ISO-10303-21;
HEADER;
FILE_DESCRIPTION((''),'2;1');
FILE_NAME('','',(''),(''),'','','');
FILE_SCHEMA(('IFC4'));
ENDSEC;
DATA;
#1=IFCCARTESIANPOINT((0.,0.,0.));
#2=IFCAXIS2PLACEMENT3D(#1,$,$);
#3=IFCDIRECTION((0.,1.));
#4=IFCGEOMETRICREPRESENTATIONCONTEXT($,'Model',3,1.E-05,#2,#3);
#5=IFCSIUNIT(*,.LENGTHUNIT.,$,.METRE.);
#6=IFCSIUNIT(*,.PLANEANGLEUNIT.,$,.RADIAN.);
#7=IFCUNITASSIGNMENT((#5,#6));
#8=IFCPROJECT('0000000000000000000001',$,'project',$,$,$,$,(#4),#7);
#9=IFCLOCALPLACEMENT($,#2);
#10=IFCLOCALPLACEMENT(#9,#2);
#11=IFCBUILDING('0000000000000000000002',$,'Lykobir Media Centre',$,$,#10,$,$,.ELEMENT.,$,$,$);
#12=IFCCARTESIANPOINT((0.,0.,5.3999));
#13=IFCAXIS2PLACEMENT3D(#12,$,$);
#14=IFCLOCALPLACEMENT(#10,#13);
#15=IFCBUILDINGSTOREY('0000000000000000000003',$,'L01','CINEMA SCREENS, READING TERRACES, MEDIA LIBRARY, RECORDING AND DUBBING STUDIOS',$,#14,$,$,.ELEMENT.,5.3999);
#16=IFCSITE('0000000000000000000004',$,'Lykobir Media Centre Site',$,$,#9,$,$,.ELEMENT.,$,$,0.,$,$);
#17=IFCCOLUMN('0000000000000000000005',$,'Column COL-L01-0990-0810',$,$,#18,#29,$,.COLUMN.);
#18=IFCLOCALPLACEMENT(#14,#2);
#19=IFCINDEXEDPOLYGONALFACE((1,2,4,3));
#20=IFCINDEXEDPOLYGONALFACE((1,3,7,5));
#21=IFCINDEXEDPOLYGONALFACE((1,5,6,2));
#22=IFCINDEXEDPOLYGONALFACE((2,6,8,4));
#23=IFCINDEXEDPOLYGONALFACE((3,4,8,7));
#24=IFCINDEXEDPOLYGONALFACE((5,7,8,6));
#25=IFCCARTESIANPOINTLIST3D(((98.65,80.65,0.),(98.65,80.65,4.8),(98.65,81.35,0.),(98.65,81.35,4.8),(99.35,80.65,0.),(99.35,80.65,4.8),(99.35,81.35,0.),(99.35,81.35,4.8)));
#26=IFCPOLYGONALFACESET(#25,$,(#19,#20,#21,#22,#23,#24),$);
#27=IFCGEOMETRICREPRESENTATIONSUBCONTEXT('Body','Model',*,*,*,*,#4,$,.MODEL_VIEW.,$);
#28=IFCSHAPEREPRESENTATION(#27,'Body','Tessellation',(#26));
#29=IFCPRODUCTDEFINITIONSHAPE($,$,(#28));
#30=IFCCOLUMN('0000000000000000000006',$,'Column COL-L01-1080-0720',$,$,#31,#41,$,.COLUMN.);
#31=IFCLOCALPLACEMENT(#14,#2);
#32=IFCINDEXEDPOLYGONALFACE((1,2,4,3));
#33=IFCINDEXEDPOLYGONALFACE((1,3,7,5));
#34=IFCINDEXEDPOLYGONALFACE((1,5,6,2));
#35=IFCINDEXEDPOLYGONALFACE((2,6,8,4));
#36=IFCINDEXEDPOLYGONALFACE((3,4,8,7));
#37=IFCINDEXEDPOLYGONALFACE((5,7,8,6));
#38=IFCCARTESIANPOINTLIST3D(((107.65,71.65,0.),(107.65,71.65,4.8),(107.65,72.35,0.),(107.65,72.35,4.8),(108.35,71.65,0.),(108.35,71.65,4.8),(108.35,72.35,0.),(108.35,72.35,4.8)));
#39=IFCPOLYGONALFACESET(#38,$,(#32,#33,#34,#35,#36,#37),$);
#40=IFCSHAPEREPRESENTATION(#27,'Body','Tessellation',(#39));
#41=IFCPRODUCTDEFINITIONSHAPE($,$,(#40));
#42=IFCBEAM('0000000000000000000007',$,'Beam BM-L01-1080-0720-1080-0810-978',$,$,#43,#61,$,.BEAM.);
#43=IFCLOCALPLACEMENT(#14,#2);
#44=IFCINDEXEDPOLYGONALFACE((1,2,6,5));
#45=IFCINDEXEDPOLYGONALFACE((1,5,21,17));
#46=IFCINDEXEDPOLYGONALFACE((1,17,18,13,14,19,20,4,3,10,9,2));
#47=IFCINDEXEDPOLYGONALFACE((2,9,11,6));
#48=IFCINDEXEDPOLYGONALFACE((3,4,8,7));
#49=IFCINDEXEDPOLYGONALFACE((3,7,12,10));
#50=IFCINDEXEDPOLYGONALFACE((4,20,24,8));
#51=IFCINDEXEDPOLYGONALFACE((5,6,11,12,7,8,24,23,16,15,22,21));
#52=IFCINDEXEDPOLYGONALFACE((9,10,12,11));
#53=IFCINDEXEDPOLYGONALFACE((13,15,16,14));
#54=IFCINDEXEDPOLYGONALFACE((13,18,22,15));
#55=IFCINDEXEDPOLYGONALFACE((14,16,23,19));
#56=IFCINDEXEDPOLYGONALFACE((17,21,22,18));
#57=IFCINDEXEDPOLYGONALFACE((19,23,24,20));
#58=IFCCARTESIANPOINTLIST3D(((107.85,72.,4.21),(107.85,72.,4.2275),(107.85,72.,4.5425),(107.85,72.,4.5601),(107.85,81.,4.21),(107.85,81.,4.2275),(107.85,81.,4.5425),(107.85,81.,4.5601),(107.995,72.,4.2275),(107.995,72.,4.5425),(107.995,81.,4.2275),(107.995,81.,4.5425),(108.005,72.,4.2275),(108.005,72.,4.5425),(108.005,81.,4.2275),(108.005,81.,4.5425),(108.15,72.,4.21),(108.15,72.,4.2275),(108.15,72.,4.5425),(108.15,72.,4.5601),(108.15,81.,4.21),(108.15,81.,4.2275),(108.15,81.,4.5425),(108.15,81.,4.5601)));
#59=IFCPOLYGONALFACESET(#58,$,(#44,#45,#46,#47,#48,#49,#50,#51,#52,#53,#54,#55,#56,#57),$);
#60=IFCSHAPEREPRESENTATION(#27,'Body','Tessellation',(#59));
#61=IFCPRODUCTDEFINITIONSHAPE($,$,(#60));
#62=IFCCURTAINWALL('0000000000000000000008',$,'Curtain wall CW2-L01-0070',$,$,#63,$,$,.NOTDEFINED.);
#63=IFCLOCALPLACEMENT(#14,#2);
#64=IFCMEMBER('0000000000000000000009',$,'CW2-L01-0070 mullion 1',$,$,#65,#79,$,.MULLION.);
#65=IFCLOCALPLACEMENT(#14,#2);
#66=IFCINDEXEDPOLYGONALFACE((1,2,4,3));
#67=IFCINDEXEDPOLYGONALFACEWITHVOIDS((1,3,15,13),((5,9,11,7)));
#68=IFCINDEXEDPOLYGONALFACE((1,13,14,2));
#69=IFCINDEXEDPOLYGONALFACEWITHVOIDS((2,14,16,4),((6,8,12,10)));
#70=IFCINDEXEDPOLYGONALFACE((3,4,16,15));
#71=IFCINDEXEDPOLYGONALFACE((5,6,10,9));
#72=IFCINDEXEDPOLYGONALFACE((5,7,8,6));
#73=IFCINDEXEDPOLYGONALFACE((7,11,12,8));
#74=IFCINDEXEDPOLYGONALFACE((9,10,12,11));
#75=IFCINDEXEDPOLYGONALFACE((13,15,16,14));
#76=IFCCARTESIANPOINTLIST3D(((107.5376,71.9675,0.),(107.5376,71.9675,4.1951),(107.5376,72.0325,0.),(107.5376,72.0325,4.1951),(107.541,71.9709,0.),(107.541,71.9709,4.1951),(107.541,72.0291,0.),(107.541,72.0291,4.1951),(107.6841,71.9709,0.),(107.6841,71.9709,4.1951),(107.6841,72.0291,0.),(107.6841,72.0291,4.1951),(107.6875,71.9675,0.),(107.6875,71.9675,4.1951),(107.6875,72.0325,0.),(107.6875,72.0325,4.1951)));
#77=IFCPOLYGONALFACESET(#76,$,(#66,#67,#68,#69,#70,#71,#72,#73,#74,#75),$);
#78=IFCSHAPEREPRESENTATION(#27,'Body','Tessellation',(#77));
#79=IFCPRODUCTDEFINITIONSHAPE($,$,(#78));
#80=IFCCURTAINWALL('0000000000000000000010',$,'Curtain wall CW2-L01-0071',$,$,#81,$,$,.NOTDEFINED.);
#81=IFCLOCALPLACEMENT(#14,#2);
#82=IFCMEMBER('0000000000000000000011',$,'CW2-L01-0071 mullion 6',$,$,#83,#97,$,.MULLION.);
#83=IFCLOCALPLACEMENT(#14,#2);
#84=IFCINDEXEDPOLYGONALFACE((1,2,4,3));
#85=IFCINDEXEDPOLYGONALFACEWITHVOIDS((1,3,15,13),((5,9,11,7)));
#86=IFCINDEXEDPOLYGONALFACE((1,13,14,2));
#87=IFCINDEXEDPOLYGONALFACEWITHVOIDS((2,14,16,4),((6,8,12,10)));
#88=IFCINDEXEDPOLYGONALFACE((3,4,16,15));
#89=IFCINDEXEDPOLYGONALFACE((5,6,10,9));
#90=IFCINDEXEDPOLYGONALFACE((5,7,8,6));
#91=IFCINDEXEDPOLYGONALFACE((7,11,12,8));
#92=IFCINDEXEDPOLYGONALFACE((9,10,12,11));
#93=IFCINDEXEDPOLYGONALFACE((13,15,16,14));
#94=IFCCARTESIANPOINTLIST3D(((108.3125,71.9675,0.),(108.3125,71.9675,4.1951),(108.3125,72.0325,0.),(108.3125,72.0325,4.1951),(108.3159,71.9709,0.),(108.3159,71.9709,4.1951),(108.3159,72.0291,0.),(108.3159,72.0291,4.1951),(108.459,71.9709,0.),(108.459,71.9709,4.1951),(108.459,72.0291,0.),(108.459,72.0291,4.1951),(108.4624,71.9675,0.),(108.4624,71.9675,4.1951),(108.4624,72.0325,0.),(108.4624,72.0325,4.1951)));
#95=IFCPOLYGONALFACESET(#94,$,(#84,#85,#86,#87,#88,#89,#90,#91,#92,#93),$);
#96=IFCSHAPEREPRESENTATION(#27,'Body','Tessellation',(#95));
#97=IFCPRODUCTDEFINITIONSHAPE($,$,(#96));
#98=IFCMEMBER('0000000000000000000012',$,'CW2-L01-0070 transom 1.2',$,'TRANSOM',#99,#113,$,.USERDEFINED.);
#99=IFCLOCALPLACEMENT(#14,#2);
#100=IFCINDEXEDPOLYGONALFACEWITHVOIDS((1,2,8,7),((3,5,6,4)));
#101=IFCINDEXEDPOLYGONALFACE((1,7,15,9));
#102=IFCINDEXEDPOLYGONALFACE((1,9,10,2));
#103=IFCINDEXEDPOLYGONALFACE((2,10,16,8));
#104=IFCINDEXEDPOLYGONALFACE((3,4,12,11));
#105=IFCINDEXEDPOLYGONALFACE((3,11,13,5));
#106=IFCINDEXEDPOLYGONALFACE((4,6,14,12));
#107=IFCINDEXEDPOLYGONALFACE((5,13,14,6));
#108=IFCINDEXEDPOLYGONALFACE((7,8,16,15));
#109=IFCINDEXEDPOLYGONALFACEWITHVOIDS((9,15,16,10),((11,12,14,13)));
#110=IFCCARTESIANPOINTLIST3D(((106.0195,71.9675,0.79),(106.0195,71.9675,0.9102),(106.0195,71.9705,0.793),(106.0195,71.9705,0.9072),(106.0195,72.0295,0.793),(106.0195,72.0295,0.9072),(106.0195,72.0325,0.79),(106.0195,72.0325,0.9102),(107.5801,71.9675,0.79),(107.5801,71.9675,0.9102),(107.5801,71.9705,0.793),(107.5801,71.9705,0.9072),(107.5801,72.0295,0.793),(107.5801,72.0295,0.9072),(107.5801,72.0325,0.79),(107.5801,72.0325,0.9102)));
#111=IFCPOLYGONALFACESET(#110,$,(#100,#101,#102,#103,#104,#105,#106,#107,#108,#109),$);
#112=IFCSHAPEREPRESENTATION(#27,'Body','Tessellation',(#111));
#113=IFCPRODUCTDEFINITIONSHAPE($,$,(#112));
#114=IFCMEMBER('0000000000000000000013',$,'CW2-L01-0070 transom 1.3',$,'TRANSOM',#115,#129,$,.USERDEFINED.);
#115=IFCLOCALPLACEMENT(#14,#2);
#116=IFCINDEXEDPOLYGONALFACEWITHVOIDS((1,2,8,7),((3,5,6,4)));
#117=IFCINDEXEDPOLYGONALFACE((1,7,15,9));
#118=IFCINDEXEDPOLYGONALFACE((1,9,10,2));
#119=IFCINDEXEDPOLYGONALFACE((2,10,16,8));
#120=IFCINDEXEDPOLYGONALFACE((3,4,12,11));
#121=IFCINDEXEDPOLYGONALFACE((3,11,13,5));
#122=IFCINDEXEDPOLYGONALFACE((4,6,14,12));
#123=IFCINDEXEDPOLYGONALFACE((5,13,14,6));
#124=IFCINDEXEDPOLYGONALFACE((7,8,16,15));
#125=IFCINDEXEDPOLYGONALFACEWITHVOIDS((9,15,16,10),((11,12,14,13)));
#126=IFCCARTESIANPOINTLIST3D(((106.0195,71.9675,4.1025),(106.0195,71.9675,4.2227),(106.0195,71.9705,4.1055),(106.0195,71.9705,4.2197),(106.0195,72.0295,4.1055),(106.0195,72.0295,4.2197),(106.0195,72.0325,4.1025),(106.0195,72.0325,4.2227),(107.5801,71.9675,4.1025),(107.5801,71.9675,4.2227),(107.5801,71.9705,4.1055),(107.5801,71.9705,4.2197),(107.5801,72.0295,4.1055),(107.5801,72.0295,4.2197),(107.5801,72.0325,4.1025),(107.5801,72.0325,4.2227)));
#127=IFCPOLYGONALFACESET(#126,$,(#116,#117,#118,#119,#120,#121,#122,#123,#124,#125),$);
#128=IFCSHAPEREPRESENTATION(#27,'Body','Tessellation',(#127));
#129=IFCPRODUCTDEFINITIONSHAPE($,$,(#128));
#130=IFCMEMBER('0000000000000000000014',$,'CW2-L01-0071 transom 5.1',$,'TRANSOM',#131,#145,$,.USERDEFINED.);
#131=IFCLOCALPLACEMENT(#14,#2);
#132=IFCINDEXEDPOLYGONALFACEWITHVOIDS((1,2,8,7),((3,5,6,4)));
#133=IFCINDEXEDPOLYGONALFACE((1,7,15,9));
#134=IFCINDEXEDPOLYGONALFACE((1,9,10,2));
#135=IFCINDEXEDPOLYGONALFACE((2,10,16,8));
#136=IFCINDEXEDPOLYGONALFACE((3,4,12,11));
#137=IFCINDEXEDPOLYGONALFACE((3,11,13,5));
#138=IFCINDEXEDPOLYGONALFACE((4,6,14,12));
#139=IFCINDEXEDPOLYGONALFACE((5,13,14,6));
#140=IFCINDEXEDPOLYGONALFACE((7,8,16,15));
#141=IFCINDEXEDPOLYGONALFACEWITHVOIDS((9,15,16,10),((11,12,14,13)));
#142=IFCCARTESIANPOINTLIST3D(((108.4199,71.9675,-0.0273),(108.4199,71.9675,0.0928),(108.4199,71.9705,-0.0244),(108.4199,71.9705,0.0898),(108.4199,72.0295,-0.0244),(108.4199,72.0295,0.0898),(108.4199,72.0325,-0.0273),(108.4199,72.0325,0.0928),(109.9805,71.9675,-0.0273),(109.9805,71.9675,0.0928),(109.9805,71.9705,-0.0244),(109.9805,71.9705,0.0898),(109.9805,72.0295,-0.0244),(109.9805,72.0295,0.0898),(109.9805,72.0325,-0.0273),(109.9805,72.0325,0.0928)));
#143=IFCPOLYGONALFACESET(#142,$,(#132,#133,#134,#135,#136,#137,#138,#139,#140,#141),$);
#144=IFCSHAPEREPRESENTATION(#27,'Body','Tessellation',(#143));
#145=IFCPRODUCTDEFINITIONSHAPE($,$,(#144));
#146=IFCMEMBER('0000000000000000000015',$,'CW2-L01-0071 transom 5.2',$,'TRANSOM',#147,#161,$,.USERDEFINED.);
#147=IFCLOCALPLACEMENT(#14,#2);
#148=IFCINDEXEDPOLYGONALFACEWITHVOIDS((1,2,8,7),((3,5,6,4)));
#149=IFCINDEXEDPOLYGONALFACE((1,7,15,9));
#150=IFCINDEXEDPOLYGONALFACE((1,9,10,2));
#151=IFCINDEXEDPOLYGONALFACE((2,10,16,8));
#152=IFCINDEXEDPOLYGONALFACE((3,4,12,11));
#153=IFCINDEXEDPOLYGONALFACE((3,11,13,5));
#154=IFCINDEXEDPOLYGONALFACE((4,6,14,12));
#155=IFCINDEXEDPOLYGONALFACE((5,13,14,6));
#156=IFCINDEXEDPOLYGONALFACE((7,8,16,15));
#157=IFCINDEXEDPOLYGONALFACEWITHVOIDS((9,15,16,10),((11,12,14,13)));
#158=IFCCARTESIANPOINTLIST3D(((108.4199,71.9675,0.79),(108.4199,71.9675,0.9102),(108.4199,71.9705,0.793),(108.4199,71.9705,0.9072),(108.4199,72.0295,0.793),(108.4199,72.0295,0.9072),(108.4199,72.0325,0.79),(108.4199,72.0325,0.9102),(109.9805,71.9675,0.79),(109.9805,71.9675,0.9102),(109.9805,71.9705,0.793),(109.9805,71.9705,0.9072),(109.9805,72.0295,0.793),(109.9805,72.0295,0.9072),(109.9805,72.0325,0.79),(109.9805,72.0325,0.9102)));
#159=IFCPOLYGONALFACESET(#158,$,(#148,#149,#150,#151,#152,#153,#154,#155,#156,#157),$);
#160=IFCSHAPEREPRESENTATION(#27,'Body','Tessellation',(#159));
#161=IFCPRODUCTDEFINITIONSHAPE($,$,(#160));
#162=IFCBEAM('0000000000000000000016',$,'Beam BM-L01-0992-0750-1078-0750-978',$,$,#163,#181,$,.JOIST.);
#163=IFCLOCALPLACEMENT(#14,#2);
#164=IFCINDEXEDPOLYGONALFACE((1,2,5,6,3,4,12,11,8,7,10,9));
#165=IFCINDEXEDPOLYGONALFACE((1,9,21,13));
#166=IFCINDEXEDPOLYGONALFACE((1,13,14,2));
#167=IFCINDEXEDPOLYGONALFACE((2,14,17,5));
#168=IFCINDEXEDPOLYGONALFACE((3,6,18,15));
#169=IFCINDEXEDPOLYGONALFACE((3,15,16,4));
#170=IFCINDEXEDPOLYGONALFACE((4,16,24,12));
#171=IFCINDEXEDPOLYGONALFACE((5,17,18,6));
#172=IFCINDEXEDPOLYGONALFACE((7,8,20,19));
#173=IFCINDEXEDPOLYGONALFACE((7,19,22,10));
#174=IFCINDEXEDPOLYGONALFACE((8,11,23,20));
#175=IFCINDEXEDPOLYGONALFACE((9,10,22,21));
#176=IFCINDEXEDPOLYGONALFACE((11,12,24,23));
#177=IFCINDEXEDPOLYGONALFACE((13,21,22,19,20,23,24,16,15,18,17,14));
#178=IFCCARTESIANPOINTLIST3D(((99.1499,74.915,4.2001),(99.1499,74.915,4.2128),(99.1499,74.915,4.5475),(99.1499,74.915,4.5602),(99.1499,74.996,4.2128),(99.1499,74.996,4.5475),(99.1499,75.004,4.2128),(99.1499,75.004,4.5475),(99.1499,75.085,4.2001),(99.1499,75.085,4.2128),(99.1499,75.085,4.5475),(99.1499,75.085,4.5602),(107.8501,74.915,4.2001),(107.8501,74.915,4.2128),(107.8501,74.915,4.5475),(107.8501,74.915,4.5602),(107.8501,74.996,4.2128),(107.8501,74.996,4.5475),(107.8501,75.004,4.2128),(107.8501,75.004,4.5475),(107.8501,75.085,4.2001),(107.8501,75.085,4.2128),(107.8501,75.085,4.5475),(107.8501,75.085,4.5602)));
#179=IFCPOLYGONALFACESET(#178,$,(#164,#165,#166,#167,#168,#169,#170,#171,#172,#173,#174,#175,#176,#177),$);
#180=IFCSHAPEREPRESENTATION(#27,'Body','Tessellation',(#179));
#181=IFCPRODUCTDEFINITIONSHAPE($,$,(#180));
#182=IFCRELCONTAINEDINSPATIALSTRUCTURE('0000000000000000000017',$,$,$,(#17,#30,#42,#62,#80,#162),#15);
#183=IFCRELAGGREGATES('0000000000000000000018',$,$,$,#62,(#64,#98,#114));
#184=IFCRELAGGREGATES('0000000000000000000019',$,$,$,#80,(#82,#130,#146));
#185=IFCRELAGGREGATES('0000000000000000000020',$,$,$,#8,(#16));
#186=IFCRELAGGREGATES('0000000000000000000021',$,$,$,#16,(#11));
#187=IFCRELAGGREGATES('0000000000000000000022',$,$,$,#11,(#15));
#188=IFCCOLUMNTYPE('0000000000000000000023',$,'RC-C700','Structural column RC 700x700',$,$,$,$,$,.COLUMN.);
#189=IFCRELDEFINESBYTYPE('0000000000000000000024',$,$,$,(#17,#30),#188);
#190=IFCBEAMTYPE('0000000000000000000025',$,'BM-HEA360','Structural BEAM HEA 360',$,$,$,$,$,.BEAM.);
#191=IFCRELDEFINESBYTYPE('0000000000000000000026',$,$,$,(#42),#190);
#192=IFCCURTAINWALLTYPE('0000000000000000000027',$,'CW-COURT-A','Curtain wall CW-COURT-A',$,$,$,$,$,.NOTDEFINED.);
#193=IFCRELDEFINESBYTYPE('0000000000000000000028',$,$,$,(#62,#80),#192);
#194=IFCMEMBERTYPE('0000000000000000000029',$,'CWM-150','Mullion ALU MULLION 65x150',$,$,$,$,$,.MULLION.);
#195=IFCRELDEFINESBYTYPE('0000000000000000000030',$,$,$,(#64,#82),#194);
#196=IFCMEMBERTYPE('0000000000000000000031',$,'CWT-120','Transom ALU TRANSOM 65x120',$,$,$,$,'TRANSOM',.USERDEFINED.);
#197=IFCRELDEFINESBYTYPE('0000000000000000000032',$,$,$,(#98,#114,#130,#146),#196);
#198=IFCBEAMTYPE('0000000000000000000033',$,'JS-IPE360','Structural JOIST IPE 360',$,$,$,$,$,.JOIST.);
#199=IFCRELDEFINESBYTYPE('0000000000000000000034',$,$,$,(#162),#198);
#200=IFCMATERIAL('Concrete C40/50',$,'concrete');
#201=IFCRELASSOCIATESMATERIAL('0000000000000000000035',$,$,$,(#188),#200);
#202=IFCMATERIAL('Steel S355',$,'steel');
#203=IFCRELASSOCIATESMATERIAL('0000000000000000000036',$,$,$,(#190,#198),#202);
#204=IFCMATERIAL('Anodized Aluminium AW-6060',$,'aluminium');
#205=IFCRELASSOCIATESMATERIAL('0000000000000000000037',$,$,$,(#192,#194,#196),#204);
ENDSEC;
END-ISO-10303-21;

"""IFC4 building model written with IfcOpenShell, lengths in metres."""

from ifc_helpers import new_model, si_unit, direction, frame, origin, origin_2d, place, context, subcontext, project, spatial, rectangle, hollow_rectangle, i_section, extrude, material, material_profile, profile_set, type_object, element, aggregate, save


model = new_model("IFC4")

# Units and contexts
model_context = context("Model", 3, precision=1e-05, world=origin(), true_north=direction((0.0, 1.0)))
body_context = subcontext(model_context, "Body", "Model", "MODEL_VIEW")
ifc_project = project(units=[si_unit("LENGTHUNIT", "METRE"), si_unit("PLANEANGLEUNIT", "RADIAN")], contexts=[model_context])

# Site, building, storey
site_placement = place(None, origin())
site = spatial("IfcSite", under=ifc_project, at=site_placement, Name="Lykobir Media Centre Site", CompositionType="ELEMENT", RefElevation=0.0)
building_placement = place(site_placement, origin())
building = spatial("IfcBuilding", under=site, at=building_placement, Name="Lykobir Media Centre", CompositionType="ELEMENT")
storey_placement = place(building_placement, frame((0.0, 0.0, 5.3999)))
storey = spatial("IfcBuildingStorey", under=building, at=storey_placement, Name="L01", Description="CINEMA SCREENS, READING TERRACES, MEDIA LIBRARY, RECORDING AND DUBBING STUDIOS", CompositionType="ELEMENT", Elevation=5.3999)

# Columns
ifc_material_1 = material(Name="Concrete C40/50", Category="concrete")
ifc_material_profile_1 = material_profile(ifc_material_1, rectangle(XDim=0.7, YDim=0.7, at=origin_2d()), Name="RC 700x700")
ifc_profile_set_1 = profile_set([ifc_material_profile_1], Name="Concrete C40/50")
column_type = type_object("IfcColumnType", Name="RC-C700", Description="Structural column RC 700x700", PredefinedType="COLUMN", material=ifc_profile_set_1)
for number, where, z_axis, x_axis, name in (
    (1, (99.0, 81.0, 0.0), (0.0, 0.0, 1.0), (1.0, 0.0, 0.0), "Column COL-L01-0990-0810"),
    (2, (108.0, 72.0, 0.0), (0.0, 0.0, 1.0), (1.0, 0.0, 0.0), "Column COL-L01-1080-0720"),
):
    element("IfcColumn", number, at=place(storey_placement, frame(where, z_axis=z_axis, x_axis=x_axis)), inside=storey, type_object=column_type, Name=name, PredefinedType="COLUMN", context=body_context, shape_type="SweptSolid", body=[
        extrude(rectangle(XDim=0.7, YDim=0.7, at=origin_2d()), origin(), (0.0, 0.0, 1.0), 4.8),
    ])

# Beam
ifc_material_2 = material(Name="Steel S355", Category="steel")
ifc_material_profile_2 = material_profile(ifc_material_2, i_section(OverallWidth=0.3, OverallDepth=0.3501, WebThickness=0.01, FlangeThickness=0.0176, at=origin_2d()), Name="HEA 360")
ifc_profile_set_2 = profile_set([ifc_material_profile_2], Name="Steel S355")
beam_type_1 = type_object("IfcBeamType", Name="BM-HEA360", Description="Structural BEAM HEA 360", PredefinedType="BEAM", material=ifc_profile_set_2)
beam_1_placement = place(storey_placement, frame((108.0, 72.0, 4.385), z_axis=(0.0, 1.0, 0.0), x_axis=(-1.0, 0.0, 0.0)))
element("IfcBeam", 3, at=beam_1_placement, inside=storey, type_object=beam_type_1, Name="Beam BM-L01-1080-0720-1080-0810-978", PredefinedType="BEAM", context=body_context, shape_type="SweptSolid", body=[
    extrude(i_section(OverallWidth=0.3, OverallDepth=0.3501, WebThickness=0.01, FlangeThickness=0.0176, at=origin_2d()), origin(), (0.0, 0.0, 1.0), 9.0),
])

# Curtain walls, members
ifc_material_3 = material(Name="Anodized Aluminium AW-6060", Category="aluminium")
curtain_wall_type = type_object("IfcCurtainWallType", Name="CW-COURT-A", Description="Curtain wall CW-COURT-A", PredefinedType="NOTDEFINED", material=ifc_material_3)
curtain_wall_1_placement = place(storey_placement, origin())
curtain_wall_1 = element("IfcCurtainWall", 4, at=curtain_wall_1_placement, inside=storey, type_object=curtain_wall_type, Name="Curtain wall CW2-L01-0070", PredefinedType="NOTDEFINED")
ifc_material_profile_3 = material_profile(ifc_material_3, hollow_rectangle(XDim=0.0649, YDim=0.1499, WallThickness=0.0034, at=origin_2d()), Name="ALU MULLION 65x150")
ifc_profile_set_3 = profile_set([ifc_material_profile_3], Name="Anodized Aluminium AW-6060")
member_type_1 = type_object("IfcMemberType", Name="CWM-150", Description="Mullion ALU MULLION 65x150", PredefinedType="MULLION", material=ifc_profile_set_3)
member_1_placement = place(storey_placement, frame((107.6125, 72.0, 0.0), z_axis=(0.0, 0.0, 1.0), x_axis=(0.0, -1.0, 0.0)))
member_1 = element("IfcMember", 5, at=member_1_placement, type_object=member_type_1, Name="CW2-L01-0070 mullion 1", PredefinedType="MULLION", context=body_context, shape_type="SweptSolid", body=[
    extrude(hollow_rectangle(XDim=0.0649, YDim=0.1499, WallThickness=0.0034, at=origin_2d()), origin(), (0.0, 0.0, 1.0), 4.1951),
])
curtain_wall_2_placement = place(storey_placement, origin())
curtain_wall_2 = element("IfcCurtainWall", 6, at=curtain_wall_2_placement, inside=storey, type_object=curtain_wall_type, Name="Curtain wall CW2-L01-0071", PredefinedType="NOTDEFINED")
member_2_placement = place(storey_placement, frame((108.3875, 72.0, 0.0), z_axis=(0.0, 0.0, 1.0), x_axis=(0.0, -1.0, 0.0)))
member_2 = element("IfcMember", 7, at=member_2_placement, type_object=member_type_1, Name="CW2-L01-0071 mullion 6", PredefinedType="MULLION", context=body_context, shape_type="SweptSolid", body=[
    extrude(hollow_rectangle(XDim=0.0649, YDim=0.1499, WallThickness=0.0034, at=origin_2d()), origin(), (0.0, 0.0, 1.0), 4.1951),
])

# Members
ifc_material_profile_4 = material_profile(ifc_material_3, hollow_rectangle(XDim=0.0649, YDim=0.1201, WallThickness=0.0029, at=origin_2d()), Name="ALU TRANSOM 65x120")
ifc_profile_set_4 = profile_set([ifc_material_profile_4], Name="Anodized Aluminium AW-6060")
member_type_2 = type_object("IfcMemberType", Name="CWT-120", Description="Transom ALU TRANSOM 65x120", ElementType="TRANSOM", PredefinedType="USERDEFINED", material=ifc_profile_set_4)
member_3_placement = place(storey_placement, frame((107.5801, 72.0, 0.8501), z_axis=(-1.0, 0.0, 0.0), x_axis=(0.0, -1.0, 0.0)))
member_3 = element("IfcMember", 8, at=member_3_placement, type_object=member_type_2, Name="CW2-L01-0070 transom 1.2", ObjectType="TRANSOM", PredefinedType="USERDEFINED", context=body_context, shape_type="SweptSolid", body=[
    extrude(hollow_rectangle(XDim=0.0649, YDim=0.1201, WallThickness=0.0029, at=origin_2d()), origin(), (0.0, 0.0, 1.0), 1.5605),
])
member_4_placement = place(storey_placement, frame((107.5801, 72.0, 4.1626), z_axis=(-1.0, 0.0, 0.0), x_axis=(0.0, -1.0, 0.0)))
member_4 = element("IfcMember", 9, at=member_4_placement, type_object=member_type_2, Name="CW2-L01-0070 transom 1.3", ObjectType="TRANSOM", PredefinedType="USERDEFINED", context=body_context, shape_type="SweptSolid", body=[
    extrude(hollow_rectangle(XDim=0.0649, YDim=0.1201, WallThickness=0.0029, at=origin_2d()), origin(), (0.0, 0.0, 1.0), 1.5605),
])
aggregate(curtain_wall_1, [member_1, member_3, member_4])
member_5_placement = place(storey_placement, frame((109.9805, 72.0, 0.0327), z_axis=(-1.0, 0.0, 0.0), x_axis=(0.0, -1.0, 0.0)))
member_5 = element("IfcMember", 10, at=member_5_placement, type_object=member_type_2, Name="CW2-L01-0071 transom 5.1", ObjectType="TRANSOM", PredefinedType="USERDEFINED", context=body_context, shape_type="SweptSolid", body=[
    extrude(hollow_rectangle(XDim=0.0649, YDim=0.1201, WallThickness=0.0029, at=origin_2d()), origin(), (0.0, 0.0, 1.0), 1.5605),
])
member_6_placement = place(storey_placement, frame((109.9805, 72.0, 0.8501), z_axis=(-1.0, 0.0, 0.0), x_axis=(0.0, -1.0, 0.0)))
member_6 = element("IfcMember", 11, at=member_6_placement, type_object=member_type_2, Name="CW2-L01-0071 transom 5.2", ObjectType="TRANSOM", PredefinedType="USERDEFINED", context=body_context, shape_type="SweptSolid", body=[
    extrude(hollow_rectangle(XDim=0.0649, YDim=0.1201, WallThickness=0.0029, at=origin_2d()), origin(), (0.0, 0.0, 1.0), 1.5605),
])

# Beam
ifc_material_profile_5 = material_profile(ifc_material_2, i_section(OverallWidth=0.1699, OverallDepth=0.3601, WebThickness=0.0081, FlangeThickness=0.0127, at=origin_2d()), Name="IPE 360")
ifc_profile_set_5 = profile_set([ifc_material_profile_5], Name="Steel S355")
beam_type_2 = type_object("IfcBeamType", Name="JS-IPE360", Description="Structural JOIST IPE 360", PredefinedType="JOIST", material=ifc_profile_set_5)
for number, where, z_axis, x_axis, name in (
    (12, (99.1499, 75.0, 4.3801), (1.0, 0.0, 0.0), (0.0, 1.0, 0.0), "Beam BM-L01-0992-0750-1078-0750-978"),
):
    element("IfcBeam", number, at=place(storey_placement, frame(where, z_axis=z_axis, x_axis=x_axis)), inside=storey, type_object=beam_type_2, Name=name, PredefinedType="JOIST", context=body_context, shape_type="SweptSolid", body=[
        extrude(i_section(OverallWidth=0.1699, OverallDepth=0.3601, WebThickness=0.0081, FlangeThickness=0.0127, at=origin_2d()), origin(), (0.0, 0.0, 1.0), 8.7002),
    ])

aggregate(curtain_wall_2, [member_2, member_5, member_6])

save(model, "model.ifc")
